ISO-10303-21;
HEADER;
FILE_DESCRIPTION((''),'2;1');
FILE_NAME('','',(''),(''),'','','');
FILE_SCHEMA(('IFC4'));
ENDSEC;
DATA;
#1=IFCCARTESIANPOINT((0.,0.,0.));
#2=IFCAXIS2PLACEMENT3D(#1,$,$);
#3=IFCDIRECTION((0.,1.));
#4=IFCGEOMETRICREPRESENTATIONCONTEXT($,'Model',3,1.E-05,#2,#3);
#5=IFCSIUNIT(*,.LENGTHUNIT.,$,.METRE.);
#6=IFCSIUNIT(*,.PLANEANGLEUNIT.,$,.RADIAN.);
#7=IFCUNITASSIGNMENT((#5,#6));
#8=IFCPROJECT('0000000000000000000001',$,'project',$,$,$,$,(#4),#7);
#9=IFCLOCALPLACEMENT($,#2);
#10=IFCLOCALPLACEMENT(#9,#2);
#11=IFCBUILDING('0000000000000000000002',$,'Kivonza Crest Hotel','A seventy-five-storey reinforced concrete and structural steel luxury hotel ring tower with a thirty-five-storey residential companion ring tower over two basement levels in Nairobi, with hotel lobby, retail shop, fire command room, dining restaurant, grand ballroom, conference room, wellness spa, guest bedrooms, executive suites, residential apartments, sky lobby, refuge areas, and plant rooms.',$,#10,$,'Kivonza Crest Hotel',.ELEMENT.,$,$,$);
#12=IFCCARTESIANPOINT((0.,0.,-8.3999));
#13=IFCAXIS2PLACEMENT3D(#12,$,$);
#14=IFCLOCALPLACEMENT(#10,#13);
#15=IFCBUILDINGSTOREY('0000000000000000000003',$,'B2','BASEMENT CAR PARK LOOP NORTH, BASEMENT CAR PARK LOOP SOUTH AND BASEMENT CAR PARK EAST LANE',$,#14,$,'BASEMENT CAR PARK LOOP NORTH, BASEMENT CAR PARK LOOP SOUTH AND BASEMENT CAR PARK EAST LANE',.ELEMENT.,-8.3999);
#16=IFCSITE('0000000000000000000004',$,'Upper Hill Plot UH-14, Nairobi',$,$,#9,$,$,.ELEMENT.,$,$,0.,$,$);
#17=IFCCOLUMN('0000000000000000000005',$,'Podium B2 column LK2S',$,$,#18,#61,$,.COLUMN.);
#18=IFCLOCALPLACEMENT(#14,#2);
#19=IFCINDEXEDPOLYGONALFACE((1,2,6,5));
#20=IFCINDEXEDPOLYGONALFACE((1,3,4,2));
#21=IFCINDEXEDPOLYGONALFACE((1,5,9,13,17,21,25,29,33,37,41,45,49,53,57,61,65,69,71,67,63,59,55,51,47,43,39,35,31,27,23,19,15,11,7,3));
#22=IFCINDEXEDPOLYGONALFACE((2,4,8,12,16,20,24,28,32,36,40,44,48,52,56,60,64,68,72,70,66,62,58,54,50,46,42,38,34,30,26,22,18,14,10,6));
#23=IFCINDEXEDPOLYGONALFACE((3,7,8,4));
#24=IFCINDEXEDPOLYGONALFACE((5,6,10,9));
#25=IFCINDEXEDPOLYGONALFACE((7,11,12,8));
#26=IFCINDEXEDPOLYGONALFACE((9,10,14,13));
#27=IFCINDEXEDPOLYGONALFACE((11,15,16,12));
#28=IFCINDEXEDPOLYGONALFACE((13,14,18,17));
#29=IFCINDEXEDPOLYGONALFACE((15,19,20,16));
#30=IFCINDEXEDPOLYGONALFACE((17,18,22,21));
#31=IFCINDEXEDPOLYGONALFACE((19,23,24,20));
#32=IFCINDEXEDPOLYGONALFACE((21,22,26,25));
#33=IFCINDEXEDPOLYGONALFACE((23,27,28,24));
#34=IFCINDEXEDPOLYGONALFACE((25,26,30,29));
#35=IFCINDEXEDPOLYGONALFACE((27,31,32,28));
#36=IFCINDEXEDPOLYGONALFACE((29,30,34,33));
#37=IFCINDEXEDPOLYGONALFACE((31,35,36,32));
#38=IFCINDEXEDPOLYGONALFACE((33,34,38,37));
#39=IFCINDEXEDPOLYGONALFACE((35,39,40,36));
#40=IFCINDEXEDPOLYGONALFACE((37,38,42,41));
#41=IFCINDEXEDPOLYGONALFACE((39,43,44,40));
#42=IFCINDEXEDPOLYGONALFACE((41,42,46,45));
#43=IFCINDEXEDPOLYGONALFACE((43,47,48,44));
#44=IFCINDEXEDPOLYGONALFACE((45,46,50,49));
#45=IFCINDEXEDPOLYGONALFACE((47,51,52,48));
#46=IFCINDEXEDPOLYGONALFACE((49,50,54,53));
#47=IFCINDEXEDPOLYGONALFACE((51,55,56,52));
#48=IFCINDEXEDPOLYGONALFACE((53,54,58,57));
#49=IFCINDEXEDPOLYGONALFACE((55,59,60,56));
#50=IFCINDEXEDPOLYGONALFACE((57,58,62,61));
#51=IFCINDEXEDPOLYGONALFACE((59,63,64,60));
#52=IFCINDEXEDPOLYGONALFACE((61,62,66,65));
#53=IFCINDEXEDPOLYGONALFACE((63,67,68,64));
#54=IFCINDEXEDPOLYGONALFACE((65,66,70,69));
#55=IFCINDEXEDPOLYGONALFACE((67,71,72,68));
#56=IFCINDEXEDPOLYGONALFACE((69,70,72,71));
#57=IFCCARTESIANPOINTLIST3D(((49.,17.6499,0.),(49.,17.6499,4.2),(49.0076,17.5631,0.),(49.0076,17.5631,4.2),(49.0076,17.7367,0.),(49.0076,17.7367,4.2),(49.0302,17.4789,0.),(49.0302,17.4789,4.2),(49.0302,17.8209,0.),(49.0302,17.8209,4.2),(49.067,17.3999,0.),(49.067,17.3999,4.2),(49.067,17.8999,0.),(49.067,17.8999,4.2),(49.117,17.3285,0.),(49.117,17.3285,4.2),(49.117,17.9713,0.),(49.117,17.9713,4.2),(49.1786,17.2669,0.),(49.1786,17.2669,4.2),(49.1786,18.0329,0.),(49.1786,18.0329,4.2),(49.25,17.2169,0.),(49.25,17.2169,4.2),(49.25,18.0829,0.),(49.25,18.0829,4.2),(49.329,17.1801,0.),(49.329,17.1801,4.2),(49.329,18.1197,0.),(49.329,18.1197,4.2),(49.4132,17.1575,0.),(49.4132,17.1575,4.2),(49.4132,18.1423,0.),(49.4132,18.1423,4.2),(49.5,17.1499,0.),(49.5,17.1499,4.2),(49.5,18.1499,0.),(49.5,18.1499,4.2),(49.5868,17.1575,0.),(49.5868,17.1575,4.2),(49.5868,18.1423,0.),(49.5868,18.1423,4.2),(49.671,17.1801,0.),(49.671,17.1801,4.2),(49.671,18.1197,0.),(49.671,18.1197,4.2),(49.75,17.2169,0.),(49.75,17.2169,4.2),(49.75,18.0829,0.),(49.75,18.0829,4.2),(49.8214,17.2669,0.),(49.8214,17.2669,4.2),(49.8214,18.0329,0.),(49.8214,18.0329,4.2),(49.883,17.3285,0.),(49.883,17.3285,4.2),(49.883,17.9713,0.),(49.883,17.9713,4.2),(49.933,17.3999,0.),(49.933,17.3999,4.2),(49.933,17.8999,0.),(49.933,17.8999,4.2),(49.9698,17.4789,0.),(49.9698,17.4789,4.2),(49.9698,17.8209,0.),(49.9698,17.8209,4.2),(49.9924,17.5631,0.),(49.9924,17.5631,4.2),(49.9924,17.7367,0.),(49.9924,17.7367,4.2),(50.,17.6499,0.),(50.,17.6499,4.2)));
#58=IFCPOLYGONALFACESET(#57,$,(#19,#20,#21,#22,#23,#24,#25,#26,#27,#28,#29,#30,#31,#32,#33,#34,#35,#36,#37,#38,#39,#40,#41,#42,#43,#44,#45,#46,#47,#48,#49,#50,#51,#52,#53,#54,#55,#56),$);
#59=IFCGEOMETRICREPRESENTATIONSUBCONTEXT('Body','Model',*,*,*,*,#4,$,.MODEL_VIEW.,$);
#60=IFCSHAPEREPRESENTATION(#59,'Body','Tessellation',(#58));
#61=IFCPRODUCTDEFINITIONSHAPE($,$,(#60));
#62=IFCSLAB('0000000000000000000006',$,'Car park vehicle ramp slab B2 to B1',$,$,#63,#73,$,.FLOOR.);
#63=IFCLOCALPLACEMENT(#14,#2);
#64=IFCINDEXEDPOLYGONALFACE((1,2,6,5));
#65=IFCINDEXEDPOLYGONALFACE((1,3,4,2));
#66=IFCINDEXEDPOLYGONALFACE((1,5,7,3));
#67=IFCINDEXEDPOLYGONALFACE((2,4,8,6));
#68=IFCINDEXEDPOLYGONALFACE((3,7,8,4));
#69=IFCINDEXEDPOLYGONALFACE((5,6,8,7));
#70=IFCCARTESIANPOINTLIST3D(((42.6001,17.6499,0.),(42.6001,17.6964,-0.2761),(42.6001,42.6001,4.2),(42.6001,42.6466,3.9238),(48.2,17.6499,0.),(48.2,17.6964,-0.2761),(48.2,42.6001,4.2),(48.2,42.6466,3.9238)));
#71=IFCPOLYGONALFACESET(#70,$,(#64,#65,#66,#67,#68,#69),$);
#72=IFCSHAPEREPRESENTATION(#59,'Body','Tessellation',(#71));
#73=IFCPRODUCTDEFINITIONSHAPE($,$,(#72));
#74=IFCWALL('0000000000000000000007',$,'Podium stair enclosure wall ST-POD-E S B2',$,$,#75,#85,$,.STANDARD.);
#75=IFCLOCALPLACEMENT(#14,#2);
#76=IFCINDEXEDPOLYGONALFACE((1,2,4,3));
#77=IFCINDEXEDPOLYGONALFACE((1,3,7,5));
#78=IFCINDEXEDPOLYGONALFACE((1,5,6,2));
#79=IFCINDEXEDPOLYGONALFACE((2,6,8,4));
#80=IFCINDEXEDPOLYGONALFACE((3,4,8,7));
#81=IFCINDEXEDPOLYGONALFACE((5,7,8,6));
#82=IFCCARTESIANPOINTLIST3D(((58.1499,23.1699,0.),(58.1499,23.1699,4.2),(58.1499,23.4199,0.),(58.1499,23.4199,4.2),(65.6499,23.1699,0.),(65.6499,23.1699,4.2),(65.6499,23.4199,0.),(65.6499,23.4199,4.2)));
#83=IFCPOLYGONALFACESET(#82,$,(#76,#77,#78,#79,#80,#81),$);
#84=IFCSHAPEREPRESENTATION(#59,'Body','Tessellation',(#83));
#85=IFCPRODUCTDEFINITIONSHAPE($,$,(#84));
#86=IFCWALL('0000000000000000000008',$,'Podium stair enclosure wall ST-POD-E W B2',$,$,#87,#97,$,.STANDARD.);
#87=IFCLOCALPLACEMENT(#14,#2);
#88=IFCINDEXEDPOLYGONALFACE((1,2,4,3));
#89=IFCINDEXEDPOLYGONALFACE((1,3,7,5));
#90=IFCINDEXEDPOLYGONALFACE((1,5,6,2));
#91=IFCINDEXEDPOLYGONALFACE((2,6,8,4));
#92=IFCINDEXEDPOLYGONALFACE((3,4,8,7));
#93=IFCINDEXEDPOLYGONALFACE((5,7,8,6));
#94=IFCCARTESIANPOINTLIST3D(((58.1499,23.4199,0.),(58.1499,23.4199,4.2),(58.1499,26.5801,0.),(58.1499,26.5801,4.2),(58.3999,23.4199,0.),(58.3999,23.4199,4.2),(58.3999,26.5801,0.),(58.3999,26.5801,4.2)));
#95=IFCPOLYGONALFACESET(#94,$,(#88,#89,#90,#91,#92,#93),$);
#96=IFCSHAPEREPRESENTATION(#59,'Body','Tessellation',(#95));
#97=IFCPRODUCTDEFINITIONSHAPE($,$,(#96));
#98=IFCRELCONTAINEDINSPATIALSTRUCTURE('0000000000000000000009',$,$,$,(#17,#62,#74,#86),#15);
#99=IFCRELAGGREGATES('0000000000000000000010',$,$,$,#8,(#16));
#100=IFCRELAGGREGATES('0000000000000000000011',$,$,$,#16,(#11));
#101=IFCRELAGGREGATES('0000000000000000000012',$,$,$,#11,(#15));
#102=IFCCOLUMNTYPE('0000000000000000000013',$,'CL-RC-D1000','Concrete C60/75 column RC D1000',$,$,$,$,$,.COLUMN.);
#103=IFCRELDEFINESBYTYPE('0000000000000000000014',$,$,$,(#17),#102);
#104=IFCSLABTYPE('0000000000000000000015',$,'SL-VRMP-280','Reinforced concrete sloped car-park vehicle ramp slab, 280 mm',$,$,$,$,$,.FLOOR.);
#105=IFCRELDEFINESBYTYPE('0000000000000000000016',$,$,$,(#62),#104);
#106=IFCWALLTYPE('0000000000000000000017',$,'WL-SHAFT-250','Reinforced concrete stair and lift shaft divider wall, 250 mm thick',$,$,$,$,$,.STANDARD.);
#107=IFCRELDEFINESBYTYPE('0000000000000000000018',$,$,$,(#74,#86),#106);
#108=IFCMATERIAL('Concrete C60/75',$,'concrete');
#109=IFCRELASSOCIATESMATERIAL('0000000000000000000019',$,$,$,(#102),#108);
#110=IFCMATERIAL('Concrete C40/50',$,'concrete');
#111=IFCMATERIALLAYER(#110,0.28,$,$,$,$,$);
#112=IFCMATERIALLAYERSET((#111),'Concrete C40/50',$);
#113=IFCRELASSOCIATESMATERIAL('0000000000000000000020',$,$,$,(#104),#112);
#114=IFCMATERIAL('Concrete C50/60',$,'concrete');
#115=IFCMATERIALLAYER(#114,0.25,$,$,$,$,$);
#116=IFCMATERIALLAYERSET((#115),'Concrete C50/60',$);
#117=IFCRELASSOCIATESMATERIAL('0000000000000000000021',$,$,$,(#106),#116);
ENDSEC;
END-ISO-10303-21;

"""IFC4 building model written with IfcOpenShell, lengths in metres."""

from ifc_helpers import new_model, si_unit, direction, frame, frame_2d, origin, origin_2d, place, context, subcontext, project, spatial, polyline, rectangle, circle, outline, extrude, material, layer, layer_set, material_profile, profile_set, type_object, element, save


model = new_model("IFC4")

# Units and contexts
model_context = context("Model", 3, precision=1e-05, world=origin(), true_north=direction((0.0, 1.0)))
body_context = subcontext(model_context, "Body", "Model", "MODEL_VIEW")
ifc_project = project(units=[si_unit("LENGTHUNIT", "METRE"), si_unit("PLANEANGLEUNIT", "RADIAN")], contexts=[model_context])

# Site, building, storey
site_placement = place(None, origin())
site = spatial("IfcSite", under=ifc_project, at=site_placement, Name="Upper Hill Plot UH-14, Nairobi", CompositionType="ELEMENT", RefElevation=0.0)
building_placement = place(site_placement, origin())
building = spatial("IfcBuilding", under=site, at=building_placement, Name="Kivonza Crest Hotel", Description="A seventy-five-storey reinforced concrete and structural steel luxury hotel ring tower with a thirty-five-storey residential companion ring tower over two basement levels in Nairobi, with hotel lobby, retail shop, fire command room, dining restaurant, grand ballroom, conference room, wellness spa, guest bedrooms, executive suites, residential apartments, sky lobby, refuge areas, and plant rooms.", LongName="Kivonza Crest Hotel", CompositionType="ELEMENT")
storey_placement = place(building_placement, frame((0.0, 0.0, -8.3999)))
storey = spatial("IfcBuildingStorey", under=building, at=storey_placement, Name="B2", Description="BASEMENT CAR PARK LOOP NORTH, BASEMENT CAR PARK LOOP SOUTH AND BASEMENT CAR PARK EAST LANE", LongName="BASEMENT CAR PARK LOOP NORTH, BASEMENT CAR PARK LOOP SOUTH AND BASEMENT CAR PARK EAST LANE", CompositionType="ELEMENT", Elevation=-8.3999)

# Shared definitions
ifc_material_1 = material(Name="Concrete C40/50", Category="concrete")

# Column
ifc_material_2 = material(Name="Concrete C60/75", Category="concrete")
ifc_material_profile_1 = material_profile(ifc_material_2, circle(Radius=0.5, at=origin_2d()), Name="RC D1000")
ifc_profile_set_1 = profile_set([ifc_material_profile_1], Name="Concrete C60/75")
column_type_1 = type_object("IfcColumnType", Name="CL-RC-D1000", Description="Concrete C60/75 column RC D1000", PredefinedType="COLUMN", material=ifc_profile_set_1)
column_placement = place(storey_placement, frame((49.5, 17.6499, 0.0), z_axis=(0.0, 0.0, 1.0), x_axis=(1.0, 0.0, 0.0)))
element("IfcColumn", 1, at=column_placement, inside=storey, type_object=column_type_1, Name="Podium B2 column LK2S", PredefinedType="COLUMN", context=body_context, shape_type="SweptSolid", body=[
    extrude(circle(Radius=0.5, at=origin_2d()), origin(), (0.0, 0.0, 1.0), 4.2),
])

# Slab
ifc_layer_1 = layer(ifc_material_1, 0.28)
ifc_layer_set_1 = layer_set([ifc_layer_1], Name="Concrete C40/50")
slab_type = type_object("IfcSlabType", Name="SL-VRMP-280", Description="Reinforced concrete sloped car-park vehicle ramp slab, 280 mm", PredefinedType="FLOOR", material=ifc_layer_set_1)
slab_placement = place(storey_placement, frame((42.6001, 17.6499, 0.0), z_axis=(0.0, -0.165998, 0.986126), x_axis=(1.0, 0.0, 0.0)))
element("IfcSlab", 2, at=slab_placement, inside=storey, type_object=slab_type, Name="Car park vehicle ramp slab B2 to B1", PredefinedType="FLOOR", context=body_context, shape_type="SweptSolid", body=[
    extrude(outline(polyline([(0.0, 0.0), (5.5999, 0.0), (5.5999, 25.3012), (0.0, 25.3012), (0.0, 0.0)])), origin(), (0.0, 0.0, -1.0), 0.28),
])

# Walls
ifc_material_3 = material(Name="Concrete C50/60", Category="concrete")
ifc_layer_2 = layer(ifc_material_3, 0.25)
ifc_layer_set_2 = layer_set([ifc_layer_2], Name="Concrete C50/60")
wall_type = type_object("IfcWallType", Name="WL-SHAFT-250", Description="Reinforced concrete stair and lift shaft divider wall, 250 mm thick", PredefinedType="STANDARD", material=ifc_layer_set_2)
wall_1_placement = place(storey_placement, frame((58.1499, 23.2949, 0.0), z_axis=(0.0, 0.0, 1.0), x_axis=(1.0, 0.0, 0.0)))
element("IfcWall", 3, at=wall_1_placement, inside=storey, type_object=wall_type, Name="Podium stair enclosure wall ST-POD-E S B2", PredefinedType="STANDARD", context=body_context, shape_type="SweptSolid", body=[
    extrude(rectangle(XDim=7.5, YDim=0.25, at=frame_2d((3.75, 0.0))), origin(), (0.0, 0.0, 1.0), 4.2),
])
wall_2_placement = place(storey_placement, frame((58.2749, 23.4199, 0.0), z_axis=(0.0, 0.0, 1.0), x_axis=(0.0, 1.0, 0.0)))
element("IfcWall", 4, at=wall_2_placement, inside=storey, type_object=wall_type, Name="Podium stair enclosure wall ST-POD-E W B2", PredefinedType="STANDARD", context=body_context, shape_type="SweptSolid", body=[
    extrude(rectangle(XDim=3.1602, YDim=0.25, at=frame_2d((1.5801, 0.0))), origin(), (0.0, 0.0, 1.0), 4.2),
])

save(model, "model.ifc")
